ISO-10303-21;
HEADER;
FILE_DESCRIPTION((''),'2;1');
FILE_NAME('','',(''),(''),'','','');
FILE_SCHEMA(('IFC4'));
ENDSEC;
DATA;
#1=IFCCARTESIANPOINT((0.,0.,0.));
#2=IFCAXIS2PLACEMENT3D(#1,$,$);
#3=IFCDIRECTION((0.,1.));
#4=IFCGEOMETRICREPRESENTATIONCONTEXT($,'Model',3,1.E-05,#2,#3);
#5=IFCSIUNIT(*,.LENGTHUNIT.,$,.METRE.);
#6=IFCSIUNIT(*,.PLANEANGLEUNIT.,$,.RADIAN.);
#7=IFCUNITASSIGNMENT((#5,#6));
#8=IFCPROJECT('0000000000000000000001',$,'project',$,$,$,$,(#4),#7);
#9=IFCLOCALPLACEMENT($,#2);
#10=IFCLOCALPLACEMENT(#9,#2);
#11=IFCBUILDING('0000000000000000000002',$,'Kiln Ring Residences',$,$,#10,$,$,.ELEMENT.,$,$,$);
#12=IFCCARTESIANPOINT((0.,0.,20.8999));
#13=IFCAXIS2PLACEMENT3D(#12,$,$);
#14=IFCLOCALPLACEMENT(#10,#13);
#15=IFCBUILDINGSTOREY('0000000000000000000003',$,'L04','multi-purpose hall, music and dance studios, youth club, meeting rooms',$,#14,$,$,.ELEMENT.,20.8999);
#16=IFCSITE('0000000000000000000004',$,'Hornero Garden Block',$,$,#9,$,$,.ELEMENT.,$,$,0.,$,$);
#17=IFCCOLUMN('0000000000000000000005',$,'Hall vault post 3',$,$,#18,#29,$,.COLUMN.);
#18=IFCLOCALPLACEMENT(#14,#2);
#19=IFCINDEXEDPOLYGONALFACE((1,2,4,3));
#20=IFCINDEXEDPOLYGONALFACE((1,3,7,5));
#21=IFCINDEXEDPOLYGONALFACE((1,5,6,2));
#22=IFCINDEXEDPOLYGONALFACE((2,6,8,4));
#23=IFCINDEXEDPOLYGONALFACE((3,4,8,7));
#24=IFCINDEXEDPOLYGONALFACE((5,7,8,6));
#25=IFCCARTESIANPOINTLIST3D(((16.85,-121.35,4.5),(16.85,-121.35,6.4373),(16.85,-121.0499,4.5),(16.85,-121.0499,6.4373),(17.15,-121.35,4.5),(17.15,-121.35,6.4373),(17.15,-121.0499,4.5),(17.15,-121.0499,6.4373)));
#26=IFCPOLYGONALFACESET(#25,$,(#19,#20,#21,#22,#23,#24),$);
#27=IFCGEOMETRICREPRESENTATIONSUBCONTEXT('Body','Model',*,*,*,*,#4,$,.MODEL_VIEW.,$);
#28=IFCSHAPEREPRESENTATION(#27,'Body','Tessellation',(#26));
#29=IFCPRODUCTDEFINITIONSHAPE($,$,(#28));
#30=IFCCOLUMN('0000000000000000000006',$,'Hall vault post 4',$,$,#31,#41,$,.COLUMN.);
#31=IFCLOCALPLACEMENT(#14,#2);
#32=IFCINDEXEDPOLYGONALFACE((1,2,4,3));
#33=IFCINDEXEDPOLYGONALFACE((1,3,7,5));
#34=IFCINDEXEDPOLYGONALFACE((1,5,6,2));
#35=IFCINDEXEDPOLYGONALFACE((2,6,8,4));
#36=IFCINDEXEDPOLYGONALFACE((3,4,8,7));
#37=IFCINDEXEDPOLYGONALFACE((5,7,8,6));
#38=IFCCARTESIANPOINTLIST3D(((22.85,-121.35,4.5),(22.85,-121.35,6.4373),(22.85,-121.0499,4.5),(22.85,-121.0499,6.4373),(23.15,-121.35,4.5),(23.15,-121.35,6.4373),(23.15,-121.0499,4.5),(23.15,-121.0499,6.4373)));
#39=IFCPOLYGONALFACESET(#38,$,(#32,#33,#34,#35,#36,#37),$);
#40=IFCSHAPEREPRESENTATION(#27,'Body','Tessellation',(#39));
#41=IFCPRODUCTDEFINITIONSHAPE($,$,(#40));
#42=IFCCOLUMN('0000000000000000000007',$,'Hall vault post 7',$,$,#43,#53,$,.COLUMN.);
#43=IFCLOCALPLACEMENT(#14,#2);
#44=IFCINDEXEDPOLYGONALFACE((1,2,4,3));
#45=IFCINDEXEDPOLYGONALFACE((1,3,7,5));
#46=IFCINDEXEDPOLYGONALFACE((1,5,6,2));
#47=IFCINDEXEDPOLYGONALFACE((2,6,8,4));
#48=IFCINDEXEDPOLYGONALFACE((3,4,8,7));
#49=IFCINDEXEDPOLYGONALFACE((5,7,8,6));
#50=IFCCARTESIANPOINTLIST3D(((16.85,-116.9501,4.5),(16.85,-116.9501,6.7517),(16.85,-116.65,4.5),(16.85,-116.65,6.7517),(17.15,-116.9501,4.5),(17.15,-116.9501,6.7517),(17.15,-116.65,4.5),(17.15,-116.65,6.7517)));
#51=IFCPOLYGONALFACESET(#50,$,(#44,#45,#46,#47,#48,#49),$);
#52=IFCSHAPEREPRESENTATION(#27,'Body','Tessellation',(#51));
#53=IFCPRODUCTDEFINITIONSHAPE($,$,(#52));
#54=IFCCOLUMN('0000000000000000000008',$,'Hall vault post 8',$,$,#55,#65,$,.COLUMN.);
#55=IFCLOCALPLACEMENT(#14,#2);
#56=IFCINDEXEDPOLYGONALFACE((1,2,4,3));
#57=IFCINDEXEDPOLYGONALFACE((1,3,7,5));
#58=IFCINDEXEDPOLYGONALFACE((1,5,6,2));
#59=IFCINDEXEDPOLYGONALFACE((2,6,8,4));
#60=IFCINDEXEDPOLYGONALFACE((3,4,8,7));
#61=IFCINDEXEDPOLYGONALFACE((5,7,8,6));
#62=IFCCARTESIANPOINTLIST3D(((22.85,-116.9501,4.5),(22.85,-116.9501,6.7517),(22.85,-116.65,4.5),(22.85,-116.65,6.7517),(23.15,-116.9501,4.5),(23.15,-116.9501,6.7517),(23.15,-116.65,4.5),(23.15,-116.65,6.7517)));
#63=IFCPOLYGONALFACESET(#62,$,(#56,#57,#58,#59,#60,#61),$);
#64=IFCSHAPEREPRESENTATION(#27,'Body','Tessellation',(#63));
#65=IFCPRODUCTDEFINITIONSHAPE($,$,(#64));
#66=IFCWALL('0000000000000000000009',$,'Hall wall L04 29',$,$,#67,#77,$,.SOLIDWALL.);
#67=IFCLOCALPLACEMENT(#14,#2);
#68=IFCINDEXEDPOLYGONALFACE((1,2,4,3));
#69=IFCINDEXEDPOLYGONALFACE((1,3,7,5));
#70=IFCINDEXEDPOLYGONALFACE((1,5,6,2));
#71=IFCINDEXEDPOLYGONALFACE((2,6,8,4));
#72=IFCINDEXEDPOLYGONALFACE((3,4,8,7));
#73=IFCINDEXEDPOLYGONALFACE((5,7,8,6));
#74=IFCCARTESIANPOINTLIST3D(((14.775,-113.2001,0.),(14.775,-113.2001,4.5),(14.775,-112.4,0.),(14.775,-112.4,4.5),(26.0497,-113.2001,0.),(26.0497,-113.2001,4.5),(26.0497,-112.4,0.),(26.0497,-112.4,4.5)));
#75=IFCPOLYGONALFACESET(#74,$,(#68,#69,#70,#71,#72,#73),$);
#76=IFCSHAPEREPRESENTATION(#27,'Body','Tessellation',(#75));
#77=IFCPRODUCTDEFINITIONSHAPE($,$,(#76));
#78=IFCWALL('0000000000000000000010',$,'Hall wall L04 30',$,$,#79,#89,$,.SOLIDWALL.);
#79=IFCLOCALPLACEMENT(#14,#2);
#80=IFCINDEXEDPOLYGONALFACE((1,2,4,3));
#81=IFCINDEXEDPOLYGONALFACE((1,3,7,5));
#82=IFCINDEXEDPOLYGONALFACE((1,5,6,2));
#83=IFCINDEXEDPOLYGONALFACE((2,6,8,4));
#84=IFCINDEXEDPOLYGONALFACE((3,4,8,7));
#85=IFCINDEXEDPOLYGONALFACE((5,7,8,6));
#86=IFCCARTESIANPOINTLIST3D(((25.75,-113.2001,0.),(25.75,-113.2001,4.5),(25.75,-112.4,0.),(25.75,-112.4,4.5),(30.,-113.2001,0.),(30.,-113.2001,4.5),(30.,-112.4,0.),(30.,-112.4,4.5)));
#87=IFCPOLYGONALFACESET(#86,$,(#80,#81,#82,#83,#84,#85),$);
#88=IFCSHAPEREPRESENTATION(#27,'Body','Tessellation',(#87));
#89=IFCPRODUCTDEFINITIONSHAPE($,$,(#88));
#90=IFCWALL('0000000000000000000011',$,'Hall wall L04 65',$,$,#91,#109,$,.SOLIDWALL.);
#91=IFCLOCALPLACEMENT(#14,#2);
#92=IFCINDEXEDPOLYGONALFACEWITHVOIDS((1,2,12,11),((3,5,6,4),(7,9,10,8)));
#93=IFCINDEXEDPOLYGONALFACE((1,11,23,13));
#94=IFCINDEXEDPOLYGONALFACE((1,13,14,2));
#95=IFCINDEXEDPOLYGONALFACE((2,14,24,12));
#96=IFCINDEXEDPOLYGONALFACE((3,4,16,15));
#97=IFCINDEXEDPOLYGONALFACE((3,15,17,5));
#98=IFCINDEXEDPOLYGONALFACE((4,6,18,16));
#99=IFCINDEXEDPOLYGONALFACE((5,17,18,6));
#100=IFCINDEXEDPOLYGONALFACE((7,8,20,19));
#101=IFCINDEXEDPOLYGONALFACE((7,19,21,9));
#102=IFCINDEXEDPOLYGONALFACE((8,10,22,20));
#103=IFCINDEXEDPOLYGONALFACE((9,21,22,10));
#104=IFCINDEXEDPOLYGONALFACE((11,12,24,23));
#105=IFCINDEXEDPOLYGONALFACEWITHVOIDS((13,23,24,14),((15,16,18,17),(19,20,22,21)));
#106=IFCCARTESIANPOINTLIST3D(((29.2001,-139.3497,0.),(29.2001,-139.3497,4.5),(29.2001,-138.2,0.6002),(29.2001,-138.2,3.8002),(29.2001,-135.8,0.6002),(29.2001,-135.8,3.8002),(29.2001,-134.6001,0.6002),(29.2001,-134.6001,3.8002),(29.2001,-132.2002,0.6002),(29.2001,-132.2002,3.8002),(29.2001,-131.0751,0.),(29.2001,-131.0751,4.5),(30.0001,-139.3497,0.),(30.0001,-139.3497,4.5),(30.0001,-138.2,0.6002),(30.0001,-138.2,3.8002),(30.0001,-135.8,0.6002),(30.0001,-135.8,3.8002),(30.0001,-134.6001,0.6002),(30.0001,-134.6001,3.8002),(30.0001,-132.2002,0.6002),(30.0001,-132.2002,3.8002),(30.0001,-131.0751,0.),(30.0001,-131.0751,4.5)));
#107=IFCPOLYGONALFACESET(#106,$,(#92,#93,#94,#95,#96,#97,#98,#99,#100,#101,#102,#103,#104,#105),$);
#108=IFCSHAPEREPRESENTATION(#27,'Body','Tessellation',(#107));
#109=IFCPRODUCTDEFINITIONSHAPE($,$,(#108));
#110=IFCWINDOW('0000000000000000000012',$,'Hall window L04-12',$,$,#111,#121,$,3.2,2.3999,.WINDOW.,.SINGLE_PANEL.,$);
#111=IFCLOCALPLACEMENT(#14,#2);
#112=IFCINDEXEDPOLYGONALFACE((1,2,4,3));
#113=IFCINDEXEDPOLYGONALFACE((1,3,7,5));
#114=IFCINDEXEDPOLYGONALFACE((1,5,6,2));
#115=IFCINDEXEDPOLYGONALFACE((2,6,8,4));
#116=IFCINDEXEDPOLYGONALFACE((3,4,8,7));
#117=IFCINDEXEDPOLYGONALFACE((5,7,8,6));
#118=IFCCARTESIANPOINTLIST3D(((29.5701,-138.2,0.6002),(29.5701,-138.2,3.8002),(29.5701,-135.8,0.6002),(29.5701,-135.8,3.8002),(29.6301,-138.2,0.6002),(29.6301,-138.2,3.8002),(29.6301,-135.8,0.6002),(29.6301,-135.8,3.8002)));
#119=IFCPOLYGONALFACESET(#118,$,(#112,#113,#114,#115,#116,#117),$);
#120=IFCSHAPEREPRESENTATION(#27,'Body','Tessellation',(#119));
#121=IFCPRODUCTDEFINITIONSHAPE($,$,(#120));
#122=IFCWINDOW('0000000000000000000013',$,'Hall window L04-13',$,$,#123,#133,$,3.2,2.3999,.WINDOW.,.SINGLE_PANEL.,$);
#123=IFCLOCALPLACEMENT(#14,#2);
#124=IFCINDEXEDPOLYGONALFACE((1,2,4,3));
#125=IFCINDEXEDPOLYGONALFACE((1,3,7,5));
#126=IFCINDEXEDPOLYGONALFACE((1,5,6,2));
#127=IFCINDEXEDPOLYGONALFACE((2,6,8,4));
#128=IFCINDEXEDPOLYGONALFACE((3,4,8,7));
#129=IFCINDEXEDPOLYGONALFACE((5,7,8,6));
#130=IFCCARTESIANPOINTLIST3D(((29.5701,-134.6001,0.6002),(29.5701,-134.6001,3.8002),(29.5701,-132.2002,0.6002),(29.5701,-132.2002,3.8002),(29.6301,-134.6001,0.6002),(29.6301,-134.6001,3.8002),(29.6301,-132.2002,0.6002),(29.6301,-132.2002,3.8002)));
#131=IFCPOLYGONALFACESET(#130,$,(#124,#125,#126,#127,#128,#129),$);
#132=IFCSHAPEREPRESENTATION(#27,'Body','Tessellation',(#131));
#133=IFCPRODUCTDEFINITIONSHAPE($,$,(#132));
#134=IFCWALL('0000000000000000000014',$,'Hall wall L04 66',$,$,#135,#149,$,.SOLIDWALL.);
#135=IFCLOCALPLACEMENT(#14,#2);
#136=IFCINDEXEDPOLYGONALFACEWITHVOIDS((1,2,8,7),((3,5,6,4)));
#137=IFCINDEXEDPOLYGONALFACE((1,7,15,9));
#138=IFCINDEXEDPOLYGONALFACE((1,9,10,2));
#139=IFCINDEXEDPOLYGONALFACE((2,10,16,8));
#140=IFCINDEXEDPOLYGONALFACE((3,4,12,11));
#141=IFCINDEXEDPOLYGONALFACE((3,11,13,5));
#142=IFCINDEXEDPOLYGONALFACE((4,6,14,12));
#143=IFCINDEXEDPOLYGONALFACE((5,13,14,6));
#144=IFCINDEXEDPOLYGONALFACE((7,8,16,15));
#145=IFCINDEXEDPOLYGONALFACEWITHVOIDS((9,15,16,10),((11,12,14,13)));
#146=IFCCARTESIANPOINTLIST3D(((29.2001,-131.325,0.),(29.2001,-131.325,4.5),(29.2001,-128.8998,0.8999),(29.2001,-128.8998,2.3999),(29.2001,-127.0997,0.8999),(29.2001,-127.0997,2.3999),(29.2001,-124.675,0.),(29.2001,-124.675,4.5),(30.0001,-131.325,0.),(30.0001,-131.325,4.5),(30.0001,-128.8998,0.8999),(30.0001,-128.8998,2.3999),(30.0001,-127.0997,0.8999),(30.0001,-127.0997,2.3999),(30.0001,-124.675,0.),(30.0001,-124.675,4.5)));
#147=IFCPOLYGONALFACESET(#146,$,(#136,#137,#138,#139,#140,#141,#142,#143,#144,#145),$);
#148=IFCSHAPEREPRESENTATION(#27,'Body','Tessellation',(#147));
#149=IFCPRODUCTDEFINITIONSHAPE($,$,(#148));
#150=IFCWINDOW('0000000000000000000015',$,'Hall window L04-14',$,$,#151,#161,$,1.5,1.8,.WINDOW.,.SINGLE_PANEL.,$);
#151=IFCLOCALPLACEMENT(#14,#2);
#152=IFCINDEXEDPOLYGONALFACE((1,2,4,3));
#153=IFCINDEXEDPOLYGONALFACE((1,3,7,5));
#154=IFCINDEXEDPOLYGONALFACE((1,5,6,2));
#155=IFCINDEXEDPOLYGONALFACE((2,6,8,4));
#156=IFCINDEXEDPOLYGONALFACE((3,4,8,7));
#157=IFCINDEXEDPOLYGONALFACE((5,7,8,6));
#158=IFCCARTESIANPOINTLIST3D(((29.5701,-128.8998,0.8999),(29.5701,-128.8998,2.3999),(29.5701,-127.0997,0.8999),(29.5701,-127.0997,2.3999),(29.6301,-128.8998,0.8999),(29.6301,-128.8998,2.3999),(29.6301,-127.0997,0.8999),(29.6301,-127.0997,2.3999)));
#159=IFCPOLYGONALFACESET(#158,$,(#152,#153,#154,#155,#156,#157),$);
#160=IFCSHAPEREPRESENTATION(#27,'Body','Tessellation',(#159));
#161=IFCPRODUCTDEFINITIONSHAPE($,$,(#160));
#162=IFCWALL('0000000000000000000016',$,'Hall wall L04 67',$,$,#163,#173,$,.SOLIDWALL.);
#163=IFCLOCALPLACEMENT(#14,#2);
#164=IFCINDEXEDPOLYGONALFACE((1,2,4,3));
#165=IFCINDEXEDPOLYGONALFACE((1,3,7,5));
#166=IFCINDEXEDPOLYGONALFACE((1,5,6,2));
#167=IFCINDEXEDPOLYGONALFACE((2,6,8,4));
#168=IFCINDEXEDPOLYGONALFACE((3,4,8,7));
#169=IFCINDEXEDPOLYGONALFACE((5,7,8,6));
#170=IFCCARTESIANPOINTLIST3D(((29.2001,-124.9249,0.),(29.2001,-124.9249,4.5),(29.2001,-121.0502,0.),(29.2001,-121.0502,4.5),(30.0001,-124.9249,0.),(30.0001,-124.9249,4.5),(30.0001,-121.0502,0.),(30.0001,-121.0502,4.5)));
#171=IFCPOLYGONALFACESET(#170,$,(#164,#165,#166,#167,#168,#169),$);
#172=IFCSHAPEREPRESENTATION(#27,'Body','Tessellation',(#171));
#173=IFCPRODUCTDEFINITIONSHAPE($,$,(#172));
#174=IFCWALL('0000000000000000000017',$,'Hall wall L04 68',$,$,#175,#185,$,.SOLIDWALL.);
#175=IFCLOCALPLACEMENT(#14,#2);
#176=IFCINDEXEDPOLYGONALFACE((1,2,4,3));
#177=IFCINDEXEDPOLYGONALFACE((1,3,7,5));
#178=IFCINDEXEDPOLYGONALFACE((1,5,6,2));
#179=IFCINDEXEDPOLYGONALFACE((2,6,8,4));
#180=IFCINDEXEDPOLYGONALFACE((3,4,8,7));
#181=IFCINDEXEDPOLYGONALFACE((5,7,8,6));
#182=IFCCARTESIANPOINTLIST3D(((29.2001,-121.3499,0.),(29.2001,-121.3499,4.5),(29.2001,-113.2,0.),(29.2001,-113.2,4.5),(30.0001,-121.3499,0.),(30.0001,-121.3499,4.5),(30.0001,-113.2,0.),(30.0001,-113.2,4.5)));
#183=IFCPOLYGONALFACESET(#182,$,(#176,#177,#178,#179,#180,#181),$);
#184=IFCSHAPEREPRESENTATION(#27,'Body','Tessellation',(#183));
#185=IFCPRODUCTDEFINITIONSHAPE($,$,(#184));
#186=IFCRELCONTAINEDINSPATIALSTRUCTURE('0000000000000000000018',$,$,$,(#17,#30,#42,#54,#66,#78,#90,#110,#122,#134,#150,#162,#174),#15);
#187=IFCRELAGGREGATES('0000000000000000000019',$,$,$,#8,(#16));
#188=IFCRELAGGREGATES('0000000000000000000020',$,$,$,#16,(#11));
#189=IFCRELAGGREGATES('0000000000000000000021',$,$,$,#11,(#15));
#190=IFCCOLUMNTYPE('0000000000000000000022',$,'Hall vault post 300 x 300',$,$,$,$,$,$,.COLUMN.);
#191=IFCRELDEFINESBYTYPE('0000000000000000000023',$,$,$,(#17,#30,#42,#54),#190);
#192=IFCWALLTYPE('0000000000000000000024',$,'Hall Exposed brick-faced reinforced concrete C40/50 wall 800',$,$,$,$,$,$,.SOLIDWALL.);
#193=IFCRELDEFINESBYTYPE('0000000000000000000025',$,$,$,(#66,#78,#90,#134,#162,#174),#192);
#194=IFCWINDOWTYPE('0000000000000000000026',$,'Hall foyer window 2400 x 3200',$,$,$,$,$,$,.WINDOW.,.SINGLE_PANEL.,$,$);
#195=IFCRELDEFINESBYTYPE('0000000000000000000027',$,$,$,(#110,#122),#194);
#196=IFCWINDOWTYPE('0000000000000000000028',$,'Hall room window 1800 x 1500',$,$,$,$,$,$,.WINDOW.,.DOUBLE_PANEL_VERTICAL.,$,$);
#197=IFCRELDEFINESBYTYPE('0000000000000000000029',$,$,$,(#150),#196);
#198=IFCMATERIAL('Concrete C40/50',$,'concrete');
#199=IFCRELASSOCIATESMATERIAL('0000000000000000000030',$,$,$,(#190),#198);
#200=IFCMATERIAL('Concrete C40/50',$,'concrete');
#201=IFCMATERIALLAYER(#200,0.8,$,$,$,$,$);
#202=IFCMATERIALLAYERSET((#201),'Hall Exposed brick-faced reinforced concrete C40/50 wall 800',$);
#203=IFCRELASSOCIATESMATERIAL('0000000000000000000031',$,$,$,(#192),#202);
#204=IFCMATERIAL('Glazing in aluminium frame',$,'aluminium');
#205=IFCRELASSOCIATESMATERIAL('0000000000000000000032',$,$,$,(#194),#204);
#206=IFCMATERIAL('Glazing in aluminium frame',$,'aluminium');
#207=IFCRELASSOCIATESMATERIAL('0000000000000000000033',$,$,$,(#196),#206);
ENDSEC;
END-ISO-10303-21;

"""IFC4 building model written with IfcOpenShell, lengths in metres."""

from ifc_helpers import new_model, si_unit, direction, frame, frame_2d, origin, origin_2d, place, context, subcontext, project, spatial, rectangle, extrude, material, layer, layer_set, material_profile, profile_set, type_object, element, fill, save


model = new_model("IFC4")

# Units and contexts
model_context = context("Model", 3, precision=1e-05, world=origin(), true_north=direction((0.0, 1.0)))
body_context = subcontext(model_context, "Body", "Model", "MODEL_VIEW")
ifc_project = project(units=[si_unit("LENGTHUNIT", "METRE"), si_unit("PLANEANGLEUNIT", "RADIAN")], contexts=[model_context])

# Site, building, storey
site_placement = place(None, origin())
site = spatial("IfcSite", under=ifc_project, at=site_placement, Name="Hornero Garden Block", CompositionType="ELEMENT", RefElevation=0.0)
building_placement = place(site_placement, origin())
building = spatial("IfcBuilding", under=site, at=building_placement, Name="Kiln Ring Residences", CompositionType="ELEMENT")
storey_placement = place(building_placement, frame((0.0, 0.0, 20.8999)))
storey = spatial("IfcBuildingStorey", under=building, at=storey_placement, Name="L04", Description="multi-purpose hall, music and dance studios, youth club, meeting rooms", CompositionType="ELEMENT", Elevation=20.8999)

# Columns
ifc_material_1 = material(Name="Concrete C40/50", Category="concrete")
ifc_material_profile = material_profile(ifc_material_1, rectangle(XDim=0.3, YDim=0.3, at=origin_2d()), Name="Hall vault post 300 x 300")
ifc_profile_set = profile_set([ifc_material_profile], Name="Concrete C40/50")
column_type = type_object("IfcColumnType", Name="Hall vault post 300 x 300", PredefinedType="COLUMN", material=ifc_profile_set)
for number, where, z_axis, x_axis, name in (
    (1, (17.0, -121.2, 4.5), (0.0, 0.0, 1.0), (1.0, 0.0, 0.0), "Hall vault post 3"),
    (2, (23.0, -121.2, 4.5), (0.0, 0.0, 1.0), (1.0, 0.0, 0.0), "Hall vault post 4"),
):
    element("IfcColumn", number, at=place(storey_placement, frame(where, z_axis=z_axis, x_axis=x_axis)), inside=storey, type_object=column_type, Name=name, PredefinedType="COLUMN", context=body_context, shape_type="SweptSolid", body=[
        extrude(rectangle(XDim=0.3, YDim=0.3, at=origin_2d()), origin(), (0.0, 0.0, 1.0), 1.9373),
    ])
for number, where, z_axis, x_axis, name in (
    (3, (17.0, -116.8, 4.5), (0.0, 0.0, 1.0), (1.0, 0.0, 0.0), "Hall vault post 7"),
    (4, (23.0, -116.8, 4.5), (0.0, 0.0, 1.0), (1.0, 0.0, 0.0), "Hall vault post 8"),
):
    element("IfcColumn", number, at=place(storey_placement, frame(where, z_axis=z_axis, x_axis=x_axis)), inside=storey, type_object=column_type, Name=name, PredefinedType="COLUMN", context=body_context, shape_type="SweptSolid", body=[
        extrude(rectangle(XDim=0.3, YDim=0.3, at=origin_2d()), origin(), (0.0, 0.0, 1.0), 2.2517),
    ])

# Walls
ifc_material_2 = material(Name="Concrete C40/50", Category="concrete")
ifc_layer_1 = layer(ifc_material_2, 0.8)
ifc_layer_set_1 = layer_set([ifc_layer_1], Name="Hall Exposed brick-faced reinforced concrete C40/50 wall 800")
wall_type_1 = type_object("IfcWallType", Name="Hall Exposed brick-faced reinforced concrete C40/50 wall 800", PredefinedType="SOLIDWALL", material=ifc_layer_set_1)
wall_1_placement = place(storey_placement, frame((14.7751, -112.8, 0.0), z_axis=(0.0, 0.0, 1.0), x_axis=(1.0, 0.0, 0.0)))
element("IfcWall", 5, at=wall_1_placement, inside=storey, type_object=wall_type_1, Name="Hall wall L04 29", PredefinedType="SOLIDWALL", context=body_context, shape_type="SweptSolid", body=[
    extrude(rectangle(XDim=11.2747, YDim=0.8, at=frame_2d((5.6372, 0.0))), origin(), (0.0, 0.0, 1.0), 4.5),
])
wall_2_placement = place(storey_placement, frame((25.75, -112.8, 0.0), z_axis=(0.0, 0.0, 1.0), x_axis=(1.0, 0.0, 0.0)))
element("IfcWall", 6, at=wall_2_placement, inside=storey, type_object=wall_type_1, Name="Hall wall L04 30", PredefinedType="SOLIDWALL", context=body_context, shape_type="SweptSolid", body=[
    extrude(rectangle(XDim=4.25, YDim=0.8, at=frame_2d((2.125, 0.0))), origin(), (0.0, 0.0, 1.0), 4.5),
])

# Wall, openings, windows
wall_3_placement = place(storey_placement, frame((29.6001, -131.0752, 0.0), z_axis=(0.0, 0.0, 1.0), x_axis=(0.0, -1.0, 0.0)))
wall_3 = element("IfcWall", 7, at=wall_3_placement, inside=storey, type_object=wall_type_1, Name="Hall wall L04 65", PredefinedType="SOLIDWALL", context=body_context, shape_type="SweptSolid", body=[
    extrude(rectangle(XDim=8.2747, YDim=0.8, at=frame_2d((4.1372, 0.0))), origin(), (0.0, 0.0, 1.0), 4.5),
])
opening_1_placement = place(wall_3_placement, frame((4.7249, 0.0, 0.6001)))
opening_1 = element("IfcOpeningElement", 8, at=opening_1_placement, cuts=wall_3, PredefinedType="OPENING", context=body_context, shape_type="SweptSolid", body=[
    extrude(rectangle(XDim=2.3999, YDim=3.2, at=frame_2d((1.2, 1.6001))), frame((0.0, 0.4099, 0.0), z_axis=(0.0, -1.0, 0.0), x_axis=(1.0, 0.0, 0.0)), (0.0, 0.0, 1.0), 0.8201),
])
opening_2_placement = place(wall_3_placement, frame((1.125, 0.0, 0.6001)))
opening_2 = element("IfcOpeningElement", 9, at=opening_2_placement, cuts=wall_3, PredefinedType="OPENING", context=body_context, shape_type="SweptSolid", body=[
    extrude(rectangle(XDim=2.3999, YDim=3.2, at=frame_2d((1.2, 1.6001))), frame((0.0, 0.4099, 0.0), z_axis=(0.0, -1.0, 0.0), x_axis=(1.0, 0.0, 0.0)), (0.0, 0.0, 1.0), 0.8201),
])
ifc_material_3 = material(Name="Glazing in aluminium frame", Category="aluminium")
window_type_1 = type_object("IfcWindowType", Name="Hall foyer window 2400 x 3200", PartitioningType="SINGLE_PANEL", PredefinedType="WINDOW", material=ifc_material_3)
window_1_placement = place(opening_1_placement, origin())
window_1 = element("IfcWindow", 10, at=window_1_placement, inside=storey, type_object=window_type_1, Name="Hall window L04-12", OverallHeight=3.2, OverallWidth=2.3999, PartitioningType="SINGLE_PANEL", PredefinedType="WINDOW", context=body_context, shape_type="SweptSolid", body=[
    extrude(rectangle(XDim=2.3999, YDim=3.2, at=frame_2d((1.2, 1.6001))), frame((0.0, 0.03, 0.0), z_axis=(0.0, -1.0, 0.0), x_axis=(1.0, 0.0, 0.0)), (0.0, 0.0, 1.0), 0.0601),
])
fill(opening_1, window_1)
window_2_placement = place(opening_2_placement, origin())
window_2 = element("IfcWindow", 11, at=window_2_placement, inside=storey, type_object=window_type_1, Name="Hall window L04-13", OverallHeight=3.2, OverallWidth=2.3999, PartitioningType="SINGLE_PANEL", PredefinedType="WINDOW", context=body_context, shape_type="SweptSolid", body=[
    extrude(rectangle(XDim=2.3999, YDim=3.2, at=frame_2d((1.2, 1.6001))), frame((0.0, 0.03, 0.0), z_axis=(0.0, -1.0, 0.0), x_axis=(1.0, 0.0, 0.0)), (0.0, 0.0, 1.0), 0.0601),
])
fill(opening_2, window_2)

# Wall, opening, window
wall_4_placement = place(storey_placement, frame((29.6001, -124.675, 0.0), z_axis=(0.0, 0.0, 1.0), x_axis=(0.0, -1.0, 0.0)))
wall_4 = element("IfcWall", 12, at=wall_4_placement, inside=storey, type_object=wall_type_1, Name="Hall wall L04 66", PredefinedType="SOLIDWALL", context=body_context, shape_type="SweptSolid", body=[
    extrude(rectangle(XDim=6.6499, YDim=0.8, at=frame_2d((3.325, 0.0))), origin(), (0.0, 0.0, 1.0), 4.5),
])
opening_3_placement = place(wall_4_placement, frame((2.4248, 0.0, 0.8999)))
opening_3 = element("IfcOpeningElement", 13, at=opening_3_placement, cuts=wall_4, PredefinedType="OPENING", context=body_context, shape_type="SweptSolid", body=[
    extrude(rectangle(XDim=1.8, YDim=1.5, at=frame_2d((0.8999, 0.75))), frame((0.0, 0.4099, 0.0), z_axis=(0.0, -1.0, 0.0), x_axis=(1.0, 0.0, 0.0)), (0.0, 0.0, 1.0), 0.8201),
])
ifc_material_4 = material(Name="Glazing in aluminium frame", Category="aluminium")
window_type_2 = type_object("IfcWindowType", Name="Hall room window 1800 x 1500", PartitioningType="DOUBLE_PANEL_VERTICAL", PredefinedType="WINDOW", material=ifc_material_4)
window_3_placement = place(opening_3_placement, origin())
window_3 = element("IfcWindow", 14, at=window_3_placement, inside=storey, type_object=window_type_2, Name="Hall window L04-14", OverallHeight=1.5, OverallWidth=1.8, PartitioningType="SINGLE_PANEL", PredefinedType="WINDOW", context=body_context, shape_type="SweptSolid", body=[
    extrude(rectangle(XDim=1.8, YDim=1.5, at=frame_2d((0.8999, 0.75))), frame((0.0, 0.03, 0.0), z_axis=(0.0, -1.0, 0.0), x_axis=(1.0, 0.0, 0.0)), (0.0, 0.0, 1.0), 0.0601),
])
fill(opening_3, window_3)

# Walls
wall_5_placement = place(storey_placement, frame((29.6001, -121.05, 0.0), z_axis=(0.0, 0.0, 1.0), x_axis=(0.0, -1.0, 0.0)))
element("IfcWall", 15, at=wall_5_placement, inside=storey, type_object=wall_type_1, Name="Hall wall L04 67", PredefinedType="SOLIDWALL", context=body_context, shape_type="SweptSolid", body=[
    extrude(rectangle(XDim=3.8748, YDim=0.8, at=frame_2d((1.9375, 0.0))), origin(), (0.0, 0.0, 1.0), 4.5),
])
wall_6_placement = place(storey_placement, frame((29.6001, -113.2, 0.0), z_axis=(0.0, 0.0, 1.0), x_axis=(0.0, -1.0, 0.0)))
element("IfcWall", 16, at=wall_6_placement, inside=storey, type_object=wall_type_1, Name="Hall wall L04 68", PredefinedType="SOLIDWALL", context=body_context, shape_type="SweptSolid", body=[
    extrude(rectangle(XDim=8.1499, YDim=0.8, at=frame_2d((4.075, 0.0))), origin(), (0.0, 0.0, 1.0), 4.5),
])

save(model, "model.ifc")
